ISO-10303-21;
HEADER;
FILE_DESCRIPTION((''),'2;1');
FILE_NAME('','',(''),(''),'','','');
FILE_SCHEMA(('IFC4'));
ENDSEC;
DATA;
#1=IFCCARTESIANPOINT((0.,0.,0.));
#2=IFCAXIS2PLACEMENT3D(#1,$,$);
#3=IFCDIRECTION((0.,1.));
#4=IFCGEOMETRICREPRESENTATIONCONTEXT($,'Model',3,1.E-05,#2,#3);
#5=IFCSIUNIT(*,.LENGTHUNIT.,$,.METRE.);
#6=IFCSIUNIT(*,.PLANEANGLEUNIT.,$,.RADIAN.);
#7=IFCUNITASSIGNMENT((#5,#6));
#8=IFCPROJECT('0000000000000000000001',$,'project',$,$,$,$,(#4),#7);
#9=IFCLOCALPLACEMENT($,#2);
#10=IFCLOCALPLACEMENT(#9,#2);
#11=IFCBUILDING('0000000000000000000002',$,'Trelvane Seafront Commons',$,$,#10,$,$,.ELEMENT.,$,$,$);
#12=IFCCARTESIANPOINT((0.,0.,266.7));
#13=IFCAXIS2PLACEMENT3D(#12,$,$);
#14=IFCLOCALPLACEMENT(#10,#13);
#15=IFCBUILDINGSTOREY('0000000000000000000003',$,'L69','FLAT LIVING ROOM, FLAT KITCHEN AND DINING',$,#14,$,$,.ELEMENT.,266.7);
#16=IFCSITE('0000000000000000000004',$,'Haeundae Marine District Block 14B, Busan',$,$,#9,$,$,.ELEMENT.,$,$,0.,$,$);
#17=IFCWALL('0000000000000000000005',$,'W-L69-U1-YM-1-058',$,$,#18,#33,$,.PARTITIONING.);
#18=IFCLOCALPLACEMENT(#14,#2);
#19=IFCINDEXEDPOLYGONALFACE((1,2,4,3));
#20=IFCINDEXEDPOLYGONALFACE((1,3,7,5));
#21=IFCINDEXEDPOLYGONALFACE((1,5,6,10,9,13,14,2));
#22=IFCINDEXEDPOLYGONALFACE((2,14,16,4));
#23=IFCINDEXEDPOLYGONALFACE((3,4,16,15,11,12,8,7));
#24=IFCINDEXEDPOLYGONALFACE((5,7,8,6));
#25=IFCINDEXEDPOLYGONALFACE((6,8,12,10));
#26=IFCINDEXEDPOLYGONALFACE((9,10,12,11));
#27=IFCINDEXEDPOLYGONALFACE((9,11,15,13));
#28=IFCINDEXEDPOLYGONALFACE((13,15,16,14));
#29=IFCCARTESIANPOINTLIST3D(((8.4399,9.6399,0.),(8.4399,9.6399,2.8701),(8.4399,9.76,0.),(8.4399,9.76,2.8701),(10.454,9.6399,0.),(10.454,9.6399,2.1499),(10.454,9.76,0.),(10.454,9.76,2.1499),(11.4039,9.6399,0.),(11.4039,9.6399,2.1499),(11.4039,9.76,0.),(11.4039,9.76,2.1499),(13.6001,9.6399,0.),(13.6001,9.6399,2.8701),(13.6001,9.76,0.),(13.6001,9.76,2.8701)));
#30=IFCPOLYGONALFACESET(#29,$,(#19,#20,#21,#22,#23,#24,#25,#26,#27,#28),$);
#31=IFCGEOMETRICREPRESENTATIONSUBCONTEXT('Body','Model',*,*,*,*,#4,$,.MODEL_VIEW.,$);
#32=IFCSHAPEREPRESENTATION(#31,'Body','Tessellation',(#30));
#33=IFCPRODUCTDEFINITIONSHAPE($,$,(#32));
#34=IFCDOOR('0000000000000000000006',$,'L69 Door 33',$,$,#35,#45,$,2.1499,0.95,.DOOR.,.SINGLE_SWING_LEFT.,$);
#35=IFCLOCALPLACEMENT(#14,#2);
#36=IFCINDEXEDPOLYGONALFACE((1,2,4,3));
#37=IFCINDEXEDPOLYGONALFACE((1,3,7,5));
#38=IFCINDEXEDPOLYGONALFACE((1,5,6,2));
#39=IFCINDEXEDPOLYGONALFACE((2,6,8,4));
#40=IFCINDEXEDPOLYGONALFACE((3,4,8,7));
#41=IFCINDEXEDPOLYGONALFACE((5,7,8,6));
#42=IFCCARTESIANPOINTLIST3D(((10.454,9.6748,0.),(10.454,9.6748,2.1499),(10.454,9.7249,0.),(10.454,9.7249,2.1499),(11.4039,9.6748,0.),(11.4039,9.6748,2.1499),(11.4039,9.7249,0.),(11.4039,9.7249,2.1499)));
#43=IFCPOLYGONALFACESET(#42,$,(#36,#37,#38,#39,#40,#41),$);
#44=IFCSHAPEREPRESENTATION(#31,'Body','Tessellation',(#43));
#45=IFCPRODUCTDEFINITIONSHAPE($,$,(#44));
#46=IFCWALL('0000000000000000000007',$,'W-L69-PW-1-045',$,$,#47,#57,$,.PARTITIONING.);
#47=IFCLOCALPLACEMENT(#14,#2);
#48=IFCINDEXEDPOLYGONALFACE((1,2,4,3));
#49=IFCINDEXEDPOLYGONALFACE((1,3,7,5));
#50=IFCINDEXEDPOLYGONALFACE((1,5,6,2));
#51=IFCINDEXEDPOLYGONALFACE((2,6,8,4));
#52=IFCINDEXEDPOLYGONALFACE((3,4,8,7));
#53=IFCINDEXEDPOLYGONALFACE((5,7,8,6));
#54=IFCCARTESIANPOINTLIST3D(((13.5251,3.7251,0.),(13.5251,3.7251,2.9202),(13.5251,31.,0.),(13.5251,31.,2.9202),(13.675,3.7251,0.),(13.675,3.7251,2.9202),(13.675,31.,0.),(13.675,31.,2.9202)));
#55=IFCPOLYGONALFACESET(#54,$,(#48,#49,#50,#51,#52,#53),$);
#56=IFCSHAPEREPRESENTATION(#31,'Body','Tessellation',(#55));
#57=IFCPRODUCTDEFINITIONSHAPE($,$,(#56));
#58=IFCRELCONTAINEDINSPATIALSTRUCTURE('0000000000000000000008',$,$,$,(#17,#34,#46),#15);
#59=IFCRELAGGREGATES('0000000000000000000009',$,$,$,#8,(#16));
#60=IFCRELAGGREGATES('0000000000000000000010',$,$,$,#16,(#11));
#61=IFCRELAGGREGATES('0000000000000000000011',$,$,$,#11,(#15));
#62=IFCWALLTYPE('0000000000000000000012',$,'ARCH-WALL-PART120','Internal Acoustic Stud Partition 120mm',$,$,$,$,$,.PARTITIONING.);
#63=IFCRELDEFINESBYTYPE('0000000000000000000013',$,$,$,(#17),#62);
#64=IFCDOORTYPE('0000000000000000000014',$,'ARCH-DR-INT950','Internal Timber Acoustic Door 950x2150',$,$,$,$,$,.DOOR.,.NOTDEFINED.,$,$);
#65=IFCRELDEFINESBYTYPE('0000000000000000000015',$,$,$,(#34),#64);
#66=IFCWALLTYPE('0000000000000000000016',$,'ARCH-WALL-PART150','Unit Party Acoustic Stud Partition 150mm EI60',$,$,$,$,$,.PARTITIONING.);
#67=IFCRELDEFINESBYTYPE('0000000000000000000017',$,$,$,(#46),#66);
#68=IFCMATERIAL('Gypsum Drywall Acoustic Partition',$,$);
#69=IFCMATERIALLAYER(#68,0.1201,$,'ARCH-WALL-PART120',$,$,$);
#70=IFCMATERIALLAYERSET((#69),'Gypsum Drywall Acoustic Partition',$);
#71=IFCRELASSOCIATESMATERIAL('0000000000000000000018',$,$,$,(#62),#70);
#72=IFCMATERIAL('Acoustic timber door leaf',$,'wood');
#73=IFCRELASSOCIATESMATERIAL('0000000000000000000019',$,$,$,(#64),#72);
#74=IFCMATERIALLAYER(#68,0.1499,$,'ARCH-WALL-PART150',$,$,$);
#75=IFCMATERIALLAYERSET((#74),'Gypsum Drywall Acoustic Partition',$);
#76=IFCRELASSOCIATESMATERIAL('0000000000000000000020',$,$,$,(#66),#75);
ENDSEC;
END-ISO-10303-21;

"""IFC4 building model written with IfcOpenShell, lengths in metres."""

from ifc_helpers import new_model, si_unit, direction, frame, frame_2d, origin, place, context, subcontext, project, spatial, rectangle, extrude, source, transform, mapped, material, layer, layer_set, type_object, element, fill, save


model = new_model("IFC4")

# Units and contexts
model_context = context("Model", 3, precision=1e-05, world=origin(), true_north=direction((0.0, 1.0)))
body_context = subcontext(model_context, "Body", "Model", "MODEL_VIEW")
ifc_project = project(units=[si_unit("LENGTHUNIT", "METRE"), si_unit("PLANEANGLEUNIT", "RADIAN")], contexts=[model_context])

# Site, building, storey
site_placement = place(None, origin())
site = spatial("IfcSite", under=ifc_project, at=site_placement, Name="Haeundae Marine District Block 14B, Busan", CompositionType="ELEMENT", RefElevation=0.0)
building_placement = place(site_placement, origin())
building = spatial("IfcBuilding", under=site, at=building_placement, Name="Trelvane Seafront Commons", CompositionType="ELEMENT")
storey_placement = place(building_placement, frame((0.0, 0.0, 266.7)))
storey = spatial("IfcBuildingStorey", under=building, at=storey_placement, Name="L69", Description="FLAT LIVING ROOM, FLAT KITCHEN AND DINING", CompositionType="ELEMENT", Elevation=266.7)

# Wall, opening, door
ifc_material_1 = material(Name="Gypsum Drywall Acoustic Partition")
ifc_layer_1 = layer(ifc_material_1, 0.1201, Name="ARCH-WALL-PART120")
ifc_layer_set_1 = layer_set([ifc_layer_1], Name="Gypsum Drywall Acoustic Partition")
wall_type_1 = type_object("IfcWallType", Name="ARCH-WALL-PART120", Description="Internal Acoustic Stud Partition 120mm", PredefinedType="PARTITIONING", material=ifc_layer_set_1)
wall_1_placement = place(storey_placement, frame((8.4399, 9.7, 0.0), z_axis=(0.0, 0.0, 1.0), x_axis=(1.0, 0.0, 0.0)))
wall_1 = element("IfcWall", 1, at=wall_1_placement, inside=storey, type_object=wall_type_1, Name="W-L69-U1-YM-1-058", PredefinedType="PARTITIONING", context=body_context, shape_type="SweptSolid", body=[
    extrude(rectangle(XDim=5.1602, YDim=0.1201, at=frame_2d((2.5801, 0.0))), origin(), (0.0, 0.0, 1.0), 2.8701),
])
opening_1_placement = place(wall_1_placement, frame((2.0139, 0.0, 0.0)))
opening_1 = element("IfcOpeningElement", 2, at=opening_1_placement, cuts=wall_1, PredefinedType="OPENING", context=body_context, shape_type="SweptSolid", body=[
    extrude(rectangle(XDim=0.95, YDim=2.1499, at=frame_2d((0.4751, 1.075))), frame((0.0, 0.0701, 0.0), z_axis=(0.0, -1.0, 0.0), x_axis=(1.0, 0.0, 0.0)), (0.0, 0.0, 1.0), 0.1401),
])
ifc_material_2 = material(Name="Acoustic timber door leaf", Category="wood")
door_type = type_object("IfcDoorType", Name="ARCH-DR-INT950", Description="Internal Timber Acoustic Door 950x2150", OperationType="NOTDEFINED", PredefinedType="DOOR", material=ifc_material_2)
shared_shape_1 = source(origin(), body_context, "Body", "SweptSolid", [
    extrude(rectangle(XDim=0.95, YDim=2.1499, at=frame_2d((0.4751, 1.075))), frame((0.0, 0.0249, 0.0), z_axis=(0.0, -1.0, 0.0), x_axis=(1.0, 0.0, 0.0)), (0.0, 0.0, 1.0), 0.05),
])
door_placement = place(opening_1_placement, origin())
door = element("IfcDoor", 3, at=door_placement, inside=storey, type_object=door_type, Name="L69 Door 33", OperationType="SINGLE_SWING_LEFT", OverallHeight=2.1499, OverallWidth=0.95, PredefinedType="DOOR", context=body_context, shape_type="MappedRepresentation", body=[
    mapped(shared_shape_1, transform((0.0, 0.0, 0.0), x_axis=(1.0, 0.0, 0.0), y_axis=(0.0, 1.0, 0.0), z_axis=(0.0, 0.0, 1.0), scale=1.0)),
])
fill(opening_1, door)

# Wall
ifc_layer_2 = layer(ifc_material_1, 0.1499, Name="ARCH-WALL-PART150")
ifc_layer_set_2 = layer_set([ifc_layer_2], Name="Gypsum Drywall Acoustic Partition")
wall_type_2 = type_object("IfcWallType", Name="ARCH-WALL-PART150", Description="Unit Party Acoustic Stud Partition 150mm EI60", PredefinedType="PARTITIONING", material=ifc_layer_set_2)
wall_2_placement = place(storey_placement, frame((13.6001, 3.7251, 0.0), z_axis=(0.0, 0.0, 1.0), x_axis=(0.0, 1.0, 0.0)))
element("IfcWall", 4, at=wall_2_placement, inside=storey, type_object=wall_type_2, Name="W-L69-PW-1-045", PredefinedType="PARTITIONING", context=body_context, shape_type="SweptSolid", body=[
    extrude(rectangle(XDim=27.2749, YDim=0.1499, at=frame_2d((13.6375, 0.0))), origin(), (0.0, 0.0, 1.0), 2.9202),
])

save(model, "model.ifc")
